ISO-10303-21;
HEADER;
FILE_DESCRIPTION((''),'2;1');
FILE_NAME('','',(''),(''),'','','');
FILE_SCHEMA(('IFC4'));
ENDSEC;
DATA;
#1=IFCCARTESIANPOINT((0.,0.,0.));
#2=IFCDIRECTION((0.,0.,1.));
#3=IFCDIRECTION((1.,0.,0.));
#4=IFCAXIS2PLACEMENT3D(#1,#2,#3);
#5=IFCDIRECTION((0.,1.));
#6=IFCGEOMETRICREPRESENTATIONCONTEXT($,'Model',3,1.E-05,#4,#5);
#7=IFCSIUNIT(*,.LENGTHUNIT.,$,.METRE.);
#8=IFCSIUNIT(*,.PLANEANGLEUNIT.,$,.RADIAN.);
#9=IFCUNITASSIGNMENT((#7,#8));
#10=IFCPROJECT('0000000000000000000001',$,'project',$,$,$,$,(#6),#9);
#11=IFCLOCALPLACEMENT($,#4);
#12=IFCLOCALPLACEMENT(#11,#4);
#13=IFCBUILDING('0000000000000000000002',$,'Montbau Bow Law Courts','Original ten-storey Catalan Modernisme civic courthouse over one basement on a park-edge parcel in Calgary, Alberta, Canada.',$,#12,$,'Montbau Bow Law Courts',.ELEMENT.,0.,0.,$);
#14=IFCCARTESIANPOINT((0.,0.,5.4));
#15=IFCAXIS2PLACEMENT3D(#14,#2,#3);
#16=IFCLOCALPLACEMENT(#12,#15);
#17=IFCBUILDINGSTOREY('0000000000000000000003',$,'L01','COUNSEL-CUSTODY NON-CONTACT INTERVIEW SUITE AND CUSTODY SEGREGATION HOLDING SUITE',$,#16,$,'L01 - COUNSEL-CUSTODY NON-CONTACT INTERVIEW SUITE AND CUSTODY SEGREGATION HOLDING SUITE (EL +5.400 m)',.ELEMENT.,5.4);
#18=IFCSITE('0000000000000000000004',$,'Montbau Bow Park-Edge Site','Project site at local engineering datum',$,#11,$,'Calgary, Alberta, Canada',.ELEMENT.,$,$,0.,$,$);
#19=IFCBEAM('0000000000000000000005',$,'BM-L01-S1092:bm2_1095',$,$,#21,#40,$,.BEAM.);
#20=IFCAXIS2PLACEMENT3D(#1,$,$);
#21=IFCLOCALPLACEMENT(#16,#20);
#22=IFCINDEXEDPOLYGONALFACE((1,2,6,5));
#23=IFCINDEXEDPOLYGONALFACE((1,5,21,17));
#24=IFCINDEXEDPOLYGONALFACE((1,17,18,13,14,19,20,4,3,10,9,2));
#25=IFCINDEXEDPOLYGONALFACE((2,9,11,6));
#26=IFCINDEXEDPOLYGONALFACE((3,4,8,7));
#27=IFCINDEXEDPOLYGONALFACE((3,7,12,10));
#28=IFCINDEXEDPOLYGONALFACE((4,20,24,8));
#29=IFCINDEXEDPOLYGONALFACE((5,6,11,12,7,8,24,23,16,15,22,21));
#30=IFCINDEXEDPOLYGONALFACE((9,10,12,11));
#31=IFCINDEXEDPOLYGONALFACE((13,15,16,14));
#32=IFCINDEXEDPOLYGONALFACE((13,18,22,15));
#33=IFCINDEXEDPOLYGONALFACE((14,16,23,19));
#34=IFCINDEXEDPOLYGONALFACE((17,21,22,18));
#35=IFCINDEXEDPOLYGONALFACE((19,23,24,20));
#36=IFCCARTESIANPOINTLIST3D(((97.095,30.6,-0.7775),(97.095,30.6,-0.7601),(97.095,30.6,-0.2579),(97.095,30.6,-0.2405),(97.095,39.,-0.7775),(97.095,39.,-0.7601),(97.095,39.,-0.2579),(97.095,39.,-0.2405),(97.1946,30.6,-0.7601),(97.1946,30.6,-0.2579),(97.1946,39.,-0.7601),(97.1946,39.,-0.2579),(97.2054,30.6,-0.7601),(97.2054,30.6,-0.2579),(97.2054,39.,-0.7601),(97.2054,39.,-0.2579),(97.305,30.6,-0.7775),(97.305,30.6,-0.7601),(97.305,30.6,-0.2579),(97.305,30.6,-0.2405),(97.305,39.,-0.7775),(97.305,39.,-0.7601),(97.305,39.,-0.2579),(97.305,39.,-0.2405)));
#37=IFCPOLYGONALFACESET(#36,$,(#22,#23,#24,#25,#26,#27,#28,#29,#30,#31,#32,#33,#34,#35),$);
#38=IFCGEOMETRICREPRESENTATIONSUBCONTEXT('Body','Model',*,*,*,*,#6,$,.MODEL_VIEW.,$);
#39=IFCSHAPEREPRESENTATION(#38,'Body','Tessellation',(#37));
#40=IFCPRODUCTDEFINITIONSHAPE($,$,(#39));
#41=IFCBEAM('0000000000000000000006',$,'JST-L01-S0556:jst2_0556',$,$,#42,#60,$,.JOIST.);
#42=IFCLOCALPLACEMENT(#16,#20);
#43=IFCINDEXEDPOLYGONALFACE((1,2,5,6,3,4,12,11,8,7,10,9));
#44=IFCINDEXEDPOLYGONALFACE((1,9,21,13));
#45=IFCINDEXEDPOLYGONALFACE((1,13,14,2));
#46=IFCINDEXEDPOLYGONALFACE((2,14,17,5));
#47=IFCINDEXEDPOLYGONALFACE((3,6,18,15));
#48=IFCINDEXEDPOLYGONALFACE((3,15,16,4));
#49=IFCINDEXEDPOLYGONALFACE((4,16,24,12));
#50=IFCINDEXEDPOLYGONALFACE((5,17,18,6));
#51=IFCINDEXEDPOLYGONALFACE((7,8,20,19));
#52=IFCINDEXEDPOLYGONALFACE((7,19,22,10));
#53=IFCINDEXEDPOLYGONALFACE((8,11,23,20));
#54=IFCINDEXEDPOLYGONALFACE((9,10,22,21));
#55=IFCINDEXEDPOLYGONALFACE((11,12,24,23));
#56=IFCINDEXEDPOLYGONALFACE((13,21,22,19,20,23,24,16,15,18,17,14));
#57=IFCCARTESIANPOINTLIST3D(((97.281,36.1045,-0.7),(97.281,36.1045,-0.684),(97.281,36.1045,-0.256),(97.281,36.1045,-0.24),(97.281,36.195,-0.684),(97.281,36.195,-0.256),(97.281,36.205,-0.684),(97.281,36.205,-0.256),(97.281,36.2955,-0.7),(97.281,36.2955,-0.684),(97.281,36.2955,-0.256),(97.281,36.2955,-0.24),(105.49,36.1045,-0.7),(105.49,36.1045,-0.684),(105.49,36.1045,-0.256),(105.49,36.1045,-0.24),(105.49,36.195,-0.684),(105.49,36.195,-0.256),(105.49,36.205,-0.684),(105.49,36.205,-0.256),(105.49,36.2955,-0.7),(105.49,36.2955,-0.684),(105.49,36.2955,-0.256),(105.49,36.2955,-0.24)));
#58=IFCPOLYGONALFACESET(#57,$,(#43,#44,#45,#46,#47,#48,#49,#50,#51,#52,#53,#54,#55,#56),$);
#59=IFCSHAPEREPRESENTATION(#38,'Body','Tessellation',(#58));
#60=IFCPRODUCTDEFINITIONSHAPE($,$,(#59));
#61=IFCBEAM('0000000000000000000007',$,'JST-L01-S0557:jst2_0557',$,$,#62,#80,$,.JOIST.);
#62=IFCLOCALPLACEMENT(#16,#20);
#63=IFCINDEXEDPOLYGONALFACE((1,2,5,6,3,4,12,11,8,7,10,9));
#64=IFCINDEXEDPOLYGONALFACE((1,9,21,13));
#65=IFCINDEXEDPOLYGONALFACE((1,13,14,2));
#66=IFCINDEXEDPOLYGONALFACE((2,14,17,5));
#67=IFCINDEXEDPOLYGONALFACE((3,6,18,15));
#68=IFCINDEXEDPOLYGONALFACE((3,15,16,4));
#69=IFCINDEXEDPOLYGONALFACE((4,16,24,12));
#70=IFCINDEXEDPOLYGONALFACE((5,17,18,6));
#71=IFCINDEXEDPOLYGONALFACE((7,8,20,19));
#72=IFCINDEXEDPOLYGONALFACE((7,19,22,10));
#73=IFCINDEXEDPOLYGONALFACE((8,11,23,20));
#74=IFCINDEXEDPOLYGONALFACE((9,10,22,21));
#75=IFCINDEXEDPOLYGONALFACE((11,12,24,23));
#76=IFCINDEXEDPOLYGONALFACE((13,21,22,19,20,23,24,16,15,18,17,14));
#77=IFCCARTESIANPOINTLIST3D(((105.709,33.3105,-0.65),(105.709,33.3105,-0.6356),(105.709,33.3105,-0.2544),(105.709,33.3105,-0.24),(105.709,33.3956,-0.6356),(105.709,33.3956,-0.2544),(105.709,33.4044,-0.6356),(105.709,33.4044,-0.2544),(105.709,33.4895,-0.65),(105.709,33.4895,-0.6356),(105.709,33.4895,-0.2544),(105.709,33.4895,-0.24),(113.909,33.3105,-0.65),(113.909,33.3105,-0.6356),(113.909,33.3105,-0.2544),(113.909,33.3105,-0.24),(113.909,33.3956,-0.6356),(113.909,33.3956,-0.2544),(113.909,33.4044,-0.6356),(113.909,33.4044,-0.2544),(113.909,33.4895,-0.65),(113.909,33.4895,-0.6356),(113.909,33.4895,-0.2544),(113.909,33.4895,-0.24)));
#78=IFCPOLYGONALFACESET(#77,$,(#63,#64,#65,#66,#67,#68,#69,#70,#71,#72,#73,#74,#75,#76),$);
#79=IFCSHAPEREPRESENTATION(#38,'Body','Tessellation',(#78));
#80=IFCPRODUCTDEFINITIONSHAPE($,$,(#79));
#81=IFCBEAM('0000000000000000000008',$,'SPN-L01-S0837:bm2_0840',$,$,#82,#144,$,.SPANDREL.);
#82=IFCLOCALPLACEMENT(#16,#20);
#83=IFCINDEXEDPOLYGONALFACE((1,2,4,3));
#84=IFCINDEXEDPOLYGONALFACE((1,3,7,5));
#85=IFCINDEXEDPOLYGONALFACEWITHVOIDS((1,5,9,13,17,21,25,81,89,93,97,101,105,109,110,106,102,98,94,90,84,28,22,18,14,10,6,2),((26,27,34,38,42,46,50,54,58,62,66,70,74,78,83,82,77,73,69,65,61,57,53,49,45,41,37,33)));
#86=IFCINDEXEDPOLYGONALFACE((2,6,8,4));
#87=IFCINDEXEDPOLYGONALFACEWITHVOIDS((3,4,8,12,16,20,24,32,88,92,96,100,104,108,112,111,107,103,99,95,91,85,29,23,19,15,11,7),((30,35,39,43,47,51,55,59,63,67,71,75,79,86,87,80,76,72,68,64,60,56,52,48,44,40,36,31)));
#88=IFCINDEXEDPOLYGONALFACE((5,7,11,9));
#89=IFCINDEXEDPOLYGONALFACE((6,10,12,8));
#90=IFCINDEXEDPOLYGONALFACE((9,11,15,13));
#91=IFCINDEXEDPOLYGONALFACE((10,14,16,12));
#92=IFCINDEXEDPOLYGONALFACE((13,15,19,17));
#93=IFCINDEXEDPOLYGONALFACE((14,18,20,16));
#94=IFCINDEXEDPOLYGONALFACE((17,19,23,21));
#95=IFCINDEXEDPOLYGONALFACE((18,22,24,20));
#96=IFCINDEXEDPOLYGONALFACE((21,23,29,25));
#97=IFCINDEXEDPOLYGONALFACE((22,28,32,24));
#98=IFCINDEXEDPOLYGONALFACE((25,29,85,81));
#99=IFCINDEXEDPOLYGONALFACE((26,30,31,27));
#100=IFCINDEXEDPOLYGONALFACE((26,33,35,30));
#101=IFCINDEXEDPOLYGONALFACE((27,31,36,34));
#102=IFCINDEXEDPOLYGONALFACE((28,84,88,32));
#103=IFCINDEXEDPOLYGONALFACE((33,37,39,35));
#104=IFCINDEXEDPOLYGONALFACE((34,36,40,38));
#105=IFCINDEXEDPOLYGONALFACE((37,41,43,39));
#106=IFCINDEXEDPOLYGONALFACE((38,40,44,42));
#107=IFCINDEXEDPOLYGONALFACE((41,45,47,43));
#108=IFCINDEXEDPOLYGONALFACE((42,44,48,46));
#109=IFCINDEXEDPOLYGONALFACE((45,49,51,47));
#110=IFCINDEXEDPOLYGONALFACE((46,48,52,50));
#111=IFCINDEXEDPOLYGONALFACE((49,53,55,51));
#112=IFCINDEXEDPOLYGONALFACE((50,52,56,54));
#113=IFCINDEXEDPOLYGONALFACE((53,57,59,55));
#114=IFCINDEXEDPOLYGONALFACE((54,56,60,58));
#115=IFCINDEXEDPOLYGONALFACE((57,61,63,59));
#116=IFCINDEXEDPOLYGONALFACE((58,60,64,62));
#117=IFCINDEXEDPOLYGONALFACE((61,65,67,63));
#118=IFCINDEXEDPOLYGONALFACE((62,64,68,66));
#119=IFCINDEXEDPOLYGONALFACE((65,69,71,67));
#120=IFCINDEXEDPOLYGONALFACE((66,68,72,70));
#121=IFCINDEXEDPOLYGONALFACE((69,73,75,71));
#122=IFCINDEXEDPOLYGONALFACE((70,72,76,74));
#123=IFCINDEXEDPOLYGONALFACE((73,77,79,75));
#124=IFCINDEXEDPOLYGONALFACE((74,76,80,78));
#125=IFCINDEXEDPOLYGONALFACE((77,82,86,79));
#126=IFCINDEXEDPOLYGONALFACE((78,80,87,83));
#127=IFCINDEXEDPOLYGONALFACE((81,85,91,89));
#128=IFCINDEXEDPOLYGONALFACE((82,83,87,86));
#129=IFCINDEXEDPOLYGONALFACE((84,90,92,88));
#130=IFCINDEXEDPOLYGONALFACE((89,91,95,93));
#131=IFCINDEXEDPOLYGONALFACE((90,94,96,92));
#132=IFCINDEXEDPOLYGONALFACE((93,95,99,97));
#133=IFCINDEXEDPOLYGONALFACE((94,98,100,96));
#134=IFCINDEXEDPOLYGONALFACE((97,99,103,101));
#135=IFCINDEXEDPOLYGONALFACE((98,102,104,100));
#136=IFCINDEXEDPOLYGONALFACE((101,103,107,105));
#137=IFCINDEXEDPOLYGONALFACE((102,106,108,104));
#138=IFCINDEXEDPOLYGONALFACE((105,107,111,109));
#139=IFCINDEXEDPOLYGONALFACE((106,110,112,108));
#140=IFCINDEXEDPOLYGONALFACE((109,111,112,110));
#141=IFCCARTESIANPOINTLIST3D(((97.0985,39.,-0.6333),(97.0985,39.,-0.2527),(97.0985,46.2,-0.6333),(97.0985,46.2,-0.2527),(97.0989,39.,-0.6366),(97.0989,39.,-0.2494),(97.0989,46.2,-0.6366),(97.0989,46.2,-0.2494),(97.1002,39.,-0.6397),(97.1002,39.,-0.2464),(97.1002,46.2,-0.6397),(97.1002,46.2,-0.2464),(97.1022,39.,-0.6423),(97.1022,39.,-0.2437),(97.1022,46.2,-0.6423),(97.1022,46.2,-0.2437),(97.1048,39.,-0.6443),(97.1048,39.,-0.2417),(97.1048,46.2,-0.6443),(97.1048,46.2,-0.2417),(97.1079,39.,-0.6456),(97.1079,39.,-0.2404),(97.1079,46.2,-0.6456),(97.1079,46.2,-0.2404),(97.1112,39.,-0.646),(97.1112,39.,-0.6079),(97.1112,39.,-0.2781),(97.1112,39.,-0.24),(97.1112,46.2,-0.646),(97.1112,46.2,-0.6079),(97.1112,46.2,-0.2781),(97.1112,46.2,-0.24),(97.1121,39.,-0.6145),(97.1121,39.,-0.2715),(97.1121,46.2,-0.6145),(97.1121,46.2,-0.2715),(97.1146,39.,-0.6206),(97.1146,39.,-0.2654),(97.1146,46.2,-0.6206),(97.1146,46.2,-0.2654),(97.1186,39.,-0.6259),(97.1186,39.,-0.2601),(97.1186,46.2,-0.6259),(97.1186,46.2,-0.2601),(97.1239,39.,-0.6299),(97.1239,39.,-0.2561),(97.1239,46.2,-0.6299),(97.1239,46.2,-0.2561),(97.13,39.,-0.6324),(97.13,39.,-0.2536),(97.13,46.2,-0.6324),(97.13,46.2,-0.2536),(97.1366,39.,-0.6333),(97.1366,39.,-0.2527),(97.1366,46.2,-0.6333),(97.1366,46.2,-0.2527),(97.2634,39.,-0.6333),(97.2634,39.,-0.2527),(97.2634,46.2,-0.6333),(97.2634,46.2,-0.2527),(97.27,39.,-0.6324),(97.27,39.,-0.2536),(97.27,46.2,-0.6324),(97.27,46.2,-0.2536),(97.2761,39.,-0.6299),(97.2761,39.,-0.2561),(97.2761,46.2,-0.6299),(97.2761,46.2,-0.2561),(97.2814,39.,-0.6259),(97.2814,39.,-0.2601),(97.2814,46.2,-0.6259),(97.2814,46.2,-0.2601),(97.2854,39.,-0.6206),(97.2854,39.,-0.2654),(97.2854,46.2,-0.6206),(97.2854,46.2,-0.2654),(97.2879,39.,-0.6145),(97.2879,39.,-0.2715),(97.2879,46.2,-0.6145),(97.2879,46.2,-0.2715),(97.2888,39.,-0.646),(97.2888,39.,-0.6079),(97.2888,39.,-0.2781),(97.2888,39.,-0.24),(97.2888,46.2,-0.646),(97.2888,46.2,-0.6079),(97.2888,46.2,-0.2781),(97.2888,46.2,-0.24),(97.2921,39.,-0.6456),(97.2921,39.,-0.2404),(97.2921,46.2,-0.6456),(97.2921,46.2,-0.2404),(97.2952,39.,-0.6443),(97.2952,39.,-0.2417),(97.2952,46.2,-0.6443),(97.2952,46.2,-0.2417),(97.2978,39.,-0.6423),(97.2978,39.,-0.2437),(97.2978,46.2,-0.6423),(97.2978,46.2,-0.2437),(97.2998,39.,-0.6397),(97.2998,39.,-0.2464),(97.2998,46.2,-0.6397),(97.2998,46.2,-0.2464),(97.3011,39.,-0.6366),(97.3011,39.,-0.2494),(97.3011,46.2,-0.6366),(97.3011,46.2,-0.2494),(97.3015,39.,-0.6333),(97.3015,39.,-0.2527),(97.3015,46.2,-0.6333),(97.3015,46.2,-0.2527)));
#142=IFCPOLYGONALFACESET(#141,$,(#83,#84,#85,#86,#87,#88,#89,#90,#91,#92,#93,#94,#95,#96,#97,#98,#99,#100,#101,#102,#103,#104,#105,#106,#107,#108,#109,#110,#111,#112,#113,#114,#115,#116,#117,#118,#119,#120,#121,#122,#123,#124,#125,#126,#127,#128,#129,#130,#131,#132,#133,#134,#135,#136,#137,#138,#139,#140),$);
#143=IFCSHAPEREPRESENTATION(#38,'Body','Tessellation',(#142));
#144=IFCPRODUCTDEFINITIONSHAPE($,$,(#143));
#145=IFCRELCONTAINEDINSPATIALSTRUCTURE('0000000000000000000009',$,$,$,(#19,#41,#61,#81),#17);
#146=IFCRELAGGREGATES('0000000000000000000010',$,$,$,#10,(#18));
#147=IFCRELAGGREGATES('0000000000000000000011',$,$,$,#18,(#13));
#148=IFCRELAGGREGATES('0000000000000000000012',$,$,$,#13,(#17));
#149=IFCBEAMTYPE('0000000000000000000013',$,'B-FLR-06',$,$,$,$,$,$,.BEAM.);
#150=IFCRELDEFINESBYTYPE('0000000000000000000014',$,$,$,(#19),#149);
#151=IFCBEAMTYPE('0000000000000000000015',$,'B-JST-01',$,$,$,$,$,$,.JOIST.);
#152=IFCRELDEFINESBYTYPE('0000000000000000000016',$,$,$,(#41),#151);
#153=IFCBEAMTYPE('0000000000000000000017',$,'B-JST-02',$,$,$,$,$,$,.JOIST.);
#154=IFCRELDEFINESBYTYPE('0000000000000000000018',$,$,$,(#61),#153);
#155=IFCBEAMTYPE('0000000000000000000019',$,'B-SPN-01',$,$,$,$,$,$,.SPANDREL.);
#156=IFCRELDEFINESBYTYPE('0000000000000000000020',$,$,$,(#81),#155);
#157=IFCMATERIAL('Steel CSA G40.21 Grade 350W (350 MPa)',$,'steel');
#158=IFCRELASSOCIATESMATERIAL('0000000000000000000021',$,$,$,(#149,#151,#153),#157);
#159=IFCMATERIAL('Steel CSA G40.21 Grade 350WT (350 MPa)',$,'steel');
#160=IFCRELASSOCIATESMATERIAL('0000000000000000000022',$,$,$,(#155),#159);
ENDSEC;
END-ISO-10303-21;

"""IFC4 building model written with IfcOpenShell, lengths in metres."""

from ifc_helpers import new_model, si_unit, direction, frame, origin_with_axes, origin_2d_with_axis, place, context, subcontext, project, spatial, hollow_rectangle, i_section, extrude, material, material_profile, profile_set, type_object, element, save


model = new_model("IFC4")

# Units and contexts
model_context = context("Model", 3, precision=1e-05, world=origin_with_axes(), true_north=direction((0.0, 1.0)))
body_context = subcontext(model_context, "Body", "Model", "MODEL_VIEW")
ifc_project = project(units=[si_unit("LENGTHUNIT", "METRE"), si_unit("PLANEANGLEUNIT", "RADIAN")], contexts=[model_context])

# Site, building, storey
site_placement = place(None, origin_with_axes())
site = spatial("IfcSite", under=ifc_project, at=site_placement, Name="Montbau Bow Park-Edge Site", Description="Project site at local engineering datum", LongName="Calgary, Alberta, Canada", CompositionType="ELEMENT", RefElevation=0.0)
building_placement = place(site_placement, origin_with_axes())
building = spatial("IfcBuilding", under=site, at=building_placement, Name="Montbau Bow Law Courts", Description="Original ten-storey Catalan Modernisme civic courthouse over one basement on a park-edge parcel in Calgary, Alberta, Canada.", LongName="Montbau Bow Law Courts", CompositionType="ELEMENT", ElevationOfRefHeight=0.0, ElevationOfTerrain=0.0)
storey_placement = place(building_placement, frame((0.0, 0.0, 5.4), z_axis=(0.0, 0.0, 1.0), x_axis=(1.0, 0.0, 0.0)))
storey = spatial("IfcBuildingStorey", under=building, at=storey_placement, Name="L01", Description="COUNSEL-CUSTODY NON-CONTACT INTERVIEW SUITE AND CUSTODY SEGREGATION HOLDING SUITE", LongName="L01 - COUNSEL-CUSTODY NON-CONTACT INTERVIEW SUITE AND CUSTODY SEGREGATION HOLDING SUITE (EL +5.400 m)", CompositionType="ELEMENT", Elevation=5.4)

# Shared definitions
ifc_material_1 = material(Name="Steel CSA G40.21 Grade 350W (350 MPa)", Category="steel")

# Beams
ifc_material_profile_1 = material_profile(ifc_material_1, i_section(OverallWidth=0.21, OverallDepth=0.537, WebThickness=0.0109, FlangeThickness=0.0174, at=origin_2d_with_axis()), Name="W530X101", Category="Main", Priority=0)
ifc_profile_set_1 = profile_set([ifc_material_profile_1], Name="Steel CSA G40.21 Grade 350W (350 MPa)")
beam_type_1 = type_object("IfcBeamType", Name="B-FLR-06", PredefinedType="BEAM", material=ifc_profile_set_1)
beam_1_placement = place(None, frame((97.2, 30.6, 4.891), z_axis=(0.0, 1.0, 0.0), x_axis=(-1.0, 0.0, 0.0)))
element("IfcBeam", 1, at=beam_1_placement, inside=storey, type_object=beam_type_1, Name="BM-L01-S1092:bm2_1095", PredefinedType="BEAM", context=body_context, shape_type="SweptSolid", body=[
    extrude(i_section(OverallWidth=0.21, OverallDepth=0.537, WebThickness=0.0109, FlangeThickness=0.0174, at=origin_2d_with_axis()), origin_with_axes(), (0.0, 0.0, 1.0), 8.4),
])
ifc_material_profile_2 = material_profile(ifc_material_1, i_section(OverallWidth=0.191, OverallDepth=0.46, WebThickness=0.0099, FlangeThickness=0.016, at=origin_2d_with_axis()), Name="W460X82", Category="Main", Priority=0)
ifc_profile_set_2 = profile_set([ifc_material_profile_2], Name="Steel CSA G40.21 Grade 350W (350 MPa)")
beam_type_2 = type_object("IfcBeamType", Name="B-JST-01", PredefinedType="JOIST", material=ifc_profile_set_2)
beam_2_placement = place(None, frame((97.281, 36.2, 4.93), z_axis=(1.0, 0.0, 0.0), x_axis=(0.0, 1.0, 0.0)))
element("IfcBeam", 2, at=beam_2_placement, inside=storey, type_object=beam_type_2, Name="JST-L01-S0556:jst2_0556", PredefinedType="JOIST", context=body_context, shape_type="SweptSolid", body=[
    extrude(i_section(OverallWidth=0.191, OverallDepth=0.46, WebThickness=0.0099, FlangeThickness=0.016, at=origin_2d_with_axis()), origin_with_axes(), (0.0, 0.0, 1.0), 8.209),
])
ifc_material_profile_3 = material_profile(ifc_material_1, i_section(OverallWidth=0.179, OverallDepth=0.41, WebThickness=0.0088, FlangeThickness=0.0144, at=origin_2d_with_axis()), Name="W410X67", Category="Main", Priority=0)
ifc_profile_set_3 = profile_set([ifc_material_profile_3], Name="Steel CSA G40.21 Grade 350W (350 MPa)")
beam_type_3 = type_object("IfcBeamType", Name="B-JST-02", PredefinedType="JOIST", material=ifc_profile_set_3)
beam_3_placement = place(None, frame((105.709, 33.4, 4.955), z_axis=(1.0, 0.0, 0.0), x_axis=(0.0, 1.0, 0.0)))
element("IfcBeam", 3, at=beam_3_placement, inside=storey, type_object=beam_type_3, Name="JST-L01-S0557:jst2_0557", PredefinedType="JOIST", context=body_context, shape_type="SweptSolid", body=[
    extrude(i_section(OverallWidth=0.179, OverallDepth=0.41, WebThickness=0.0088, FlangeThickness=0.0144, at=origin_2d_with_axis()), origin_with_axes(), (0.0, 0.0, 1.0), 8.2),
])
ifc_material_2 = material(Name="Steel CSA G40.21 Grade 350WT (350 MPa)", Category="steel")
ifc_material_profile_4 = material_profile(ifc_material_2, hollow_rectangle(XDim=0.203, YDim=0.406, WallThickness=0.0127, InnerFilletRadius=0.0254, OuterFilletRadius=0.0127, at=origin_2d_with_axis()), Name="HSS406X203X13", Category="Main", Priority=0)
ifc_profile_set_4 = profile_set([ifc_material_profile_4], Name="Steel CSA G40.21 Grade 350WT (350 MPa)")
beam_type_4 = type_object("IfcBeamType", Name="B-SPN-01", PredefinedType="SPANDREL", material=ifc_profile_set_4)
beam_4_placement = place(None, frame((97.2, 39.0, 4.957), z_axis=(0.0, 1.0, 0.0), x_axis=(-1.0, 0.0, 0.0)))
element("IfcBeam", 4, at=beam_4_placement, inside=storey, type_object=beam_type_4, Name="SPN-L01-S0837:bm2_0840", PredefinedType="SPANDREL", context=body_context, shape_type="SweptSolid", body=[
    extrude(hollow_rectangle(XDim=0.203, YDim=0.406, WallThickness=0.0127, InnerFilletRadius=0.0254, OuterFilletRadius=0.0127, at=origin_2d_with_axis()), origin_with_axes(), (0.0, 0.0, 1.0), 7.2),
])

save(model, "model.ifc")
